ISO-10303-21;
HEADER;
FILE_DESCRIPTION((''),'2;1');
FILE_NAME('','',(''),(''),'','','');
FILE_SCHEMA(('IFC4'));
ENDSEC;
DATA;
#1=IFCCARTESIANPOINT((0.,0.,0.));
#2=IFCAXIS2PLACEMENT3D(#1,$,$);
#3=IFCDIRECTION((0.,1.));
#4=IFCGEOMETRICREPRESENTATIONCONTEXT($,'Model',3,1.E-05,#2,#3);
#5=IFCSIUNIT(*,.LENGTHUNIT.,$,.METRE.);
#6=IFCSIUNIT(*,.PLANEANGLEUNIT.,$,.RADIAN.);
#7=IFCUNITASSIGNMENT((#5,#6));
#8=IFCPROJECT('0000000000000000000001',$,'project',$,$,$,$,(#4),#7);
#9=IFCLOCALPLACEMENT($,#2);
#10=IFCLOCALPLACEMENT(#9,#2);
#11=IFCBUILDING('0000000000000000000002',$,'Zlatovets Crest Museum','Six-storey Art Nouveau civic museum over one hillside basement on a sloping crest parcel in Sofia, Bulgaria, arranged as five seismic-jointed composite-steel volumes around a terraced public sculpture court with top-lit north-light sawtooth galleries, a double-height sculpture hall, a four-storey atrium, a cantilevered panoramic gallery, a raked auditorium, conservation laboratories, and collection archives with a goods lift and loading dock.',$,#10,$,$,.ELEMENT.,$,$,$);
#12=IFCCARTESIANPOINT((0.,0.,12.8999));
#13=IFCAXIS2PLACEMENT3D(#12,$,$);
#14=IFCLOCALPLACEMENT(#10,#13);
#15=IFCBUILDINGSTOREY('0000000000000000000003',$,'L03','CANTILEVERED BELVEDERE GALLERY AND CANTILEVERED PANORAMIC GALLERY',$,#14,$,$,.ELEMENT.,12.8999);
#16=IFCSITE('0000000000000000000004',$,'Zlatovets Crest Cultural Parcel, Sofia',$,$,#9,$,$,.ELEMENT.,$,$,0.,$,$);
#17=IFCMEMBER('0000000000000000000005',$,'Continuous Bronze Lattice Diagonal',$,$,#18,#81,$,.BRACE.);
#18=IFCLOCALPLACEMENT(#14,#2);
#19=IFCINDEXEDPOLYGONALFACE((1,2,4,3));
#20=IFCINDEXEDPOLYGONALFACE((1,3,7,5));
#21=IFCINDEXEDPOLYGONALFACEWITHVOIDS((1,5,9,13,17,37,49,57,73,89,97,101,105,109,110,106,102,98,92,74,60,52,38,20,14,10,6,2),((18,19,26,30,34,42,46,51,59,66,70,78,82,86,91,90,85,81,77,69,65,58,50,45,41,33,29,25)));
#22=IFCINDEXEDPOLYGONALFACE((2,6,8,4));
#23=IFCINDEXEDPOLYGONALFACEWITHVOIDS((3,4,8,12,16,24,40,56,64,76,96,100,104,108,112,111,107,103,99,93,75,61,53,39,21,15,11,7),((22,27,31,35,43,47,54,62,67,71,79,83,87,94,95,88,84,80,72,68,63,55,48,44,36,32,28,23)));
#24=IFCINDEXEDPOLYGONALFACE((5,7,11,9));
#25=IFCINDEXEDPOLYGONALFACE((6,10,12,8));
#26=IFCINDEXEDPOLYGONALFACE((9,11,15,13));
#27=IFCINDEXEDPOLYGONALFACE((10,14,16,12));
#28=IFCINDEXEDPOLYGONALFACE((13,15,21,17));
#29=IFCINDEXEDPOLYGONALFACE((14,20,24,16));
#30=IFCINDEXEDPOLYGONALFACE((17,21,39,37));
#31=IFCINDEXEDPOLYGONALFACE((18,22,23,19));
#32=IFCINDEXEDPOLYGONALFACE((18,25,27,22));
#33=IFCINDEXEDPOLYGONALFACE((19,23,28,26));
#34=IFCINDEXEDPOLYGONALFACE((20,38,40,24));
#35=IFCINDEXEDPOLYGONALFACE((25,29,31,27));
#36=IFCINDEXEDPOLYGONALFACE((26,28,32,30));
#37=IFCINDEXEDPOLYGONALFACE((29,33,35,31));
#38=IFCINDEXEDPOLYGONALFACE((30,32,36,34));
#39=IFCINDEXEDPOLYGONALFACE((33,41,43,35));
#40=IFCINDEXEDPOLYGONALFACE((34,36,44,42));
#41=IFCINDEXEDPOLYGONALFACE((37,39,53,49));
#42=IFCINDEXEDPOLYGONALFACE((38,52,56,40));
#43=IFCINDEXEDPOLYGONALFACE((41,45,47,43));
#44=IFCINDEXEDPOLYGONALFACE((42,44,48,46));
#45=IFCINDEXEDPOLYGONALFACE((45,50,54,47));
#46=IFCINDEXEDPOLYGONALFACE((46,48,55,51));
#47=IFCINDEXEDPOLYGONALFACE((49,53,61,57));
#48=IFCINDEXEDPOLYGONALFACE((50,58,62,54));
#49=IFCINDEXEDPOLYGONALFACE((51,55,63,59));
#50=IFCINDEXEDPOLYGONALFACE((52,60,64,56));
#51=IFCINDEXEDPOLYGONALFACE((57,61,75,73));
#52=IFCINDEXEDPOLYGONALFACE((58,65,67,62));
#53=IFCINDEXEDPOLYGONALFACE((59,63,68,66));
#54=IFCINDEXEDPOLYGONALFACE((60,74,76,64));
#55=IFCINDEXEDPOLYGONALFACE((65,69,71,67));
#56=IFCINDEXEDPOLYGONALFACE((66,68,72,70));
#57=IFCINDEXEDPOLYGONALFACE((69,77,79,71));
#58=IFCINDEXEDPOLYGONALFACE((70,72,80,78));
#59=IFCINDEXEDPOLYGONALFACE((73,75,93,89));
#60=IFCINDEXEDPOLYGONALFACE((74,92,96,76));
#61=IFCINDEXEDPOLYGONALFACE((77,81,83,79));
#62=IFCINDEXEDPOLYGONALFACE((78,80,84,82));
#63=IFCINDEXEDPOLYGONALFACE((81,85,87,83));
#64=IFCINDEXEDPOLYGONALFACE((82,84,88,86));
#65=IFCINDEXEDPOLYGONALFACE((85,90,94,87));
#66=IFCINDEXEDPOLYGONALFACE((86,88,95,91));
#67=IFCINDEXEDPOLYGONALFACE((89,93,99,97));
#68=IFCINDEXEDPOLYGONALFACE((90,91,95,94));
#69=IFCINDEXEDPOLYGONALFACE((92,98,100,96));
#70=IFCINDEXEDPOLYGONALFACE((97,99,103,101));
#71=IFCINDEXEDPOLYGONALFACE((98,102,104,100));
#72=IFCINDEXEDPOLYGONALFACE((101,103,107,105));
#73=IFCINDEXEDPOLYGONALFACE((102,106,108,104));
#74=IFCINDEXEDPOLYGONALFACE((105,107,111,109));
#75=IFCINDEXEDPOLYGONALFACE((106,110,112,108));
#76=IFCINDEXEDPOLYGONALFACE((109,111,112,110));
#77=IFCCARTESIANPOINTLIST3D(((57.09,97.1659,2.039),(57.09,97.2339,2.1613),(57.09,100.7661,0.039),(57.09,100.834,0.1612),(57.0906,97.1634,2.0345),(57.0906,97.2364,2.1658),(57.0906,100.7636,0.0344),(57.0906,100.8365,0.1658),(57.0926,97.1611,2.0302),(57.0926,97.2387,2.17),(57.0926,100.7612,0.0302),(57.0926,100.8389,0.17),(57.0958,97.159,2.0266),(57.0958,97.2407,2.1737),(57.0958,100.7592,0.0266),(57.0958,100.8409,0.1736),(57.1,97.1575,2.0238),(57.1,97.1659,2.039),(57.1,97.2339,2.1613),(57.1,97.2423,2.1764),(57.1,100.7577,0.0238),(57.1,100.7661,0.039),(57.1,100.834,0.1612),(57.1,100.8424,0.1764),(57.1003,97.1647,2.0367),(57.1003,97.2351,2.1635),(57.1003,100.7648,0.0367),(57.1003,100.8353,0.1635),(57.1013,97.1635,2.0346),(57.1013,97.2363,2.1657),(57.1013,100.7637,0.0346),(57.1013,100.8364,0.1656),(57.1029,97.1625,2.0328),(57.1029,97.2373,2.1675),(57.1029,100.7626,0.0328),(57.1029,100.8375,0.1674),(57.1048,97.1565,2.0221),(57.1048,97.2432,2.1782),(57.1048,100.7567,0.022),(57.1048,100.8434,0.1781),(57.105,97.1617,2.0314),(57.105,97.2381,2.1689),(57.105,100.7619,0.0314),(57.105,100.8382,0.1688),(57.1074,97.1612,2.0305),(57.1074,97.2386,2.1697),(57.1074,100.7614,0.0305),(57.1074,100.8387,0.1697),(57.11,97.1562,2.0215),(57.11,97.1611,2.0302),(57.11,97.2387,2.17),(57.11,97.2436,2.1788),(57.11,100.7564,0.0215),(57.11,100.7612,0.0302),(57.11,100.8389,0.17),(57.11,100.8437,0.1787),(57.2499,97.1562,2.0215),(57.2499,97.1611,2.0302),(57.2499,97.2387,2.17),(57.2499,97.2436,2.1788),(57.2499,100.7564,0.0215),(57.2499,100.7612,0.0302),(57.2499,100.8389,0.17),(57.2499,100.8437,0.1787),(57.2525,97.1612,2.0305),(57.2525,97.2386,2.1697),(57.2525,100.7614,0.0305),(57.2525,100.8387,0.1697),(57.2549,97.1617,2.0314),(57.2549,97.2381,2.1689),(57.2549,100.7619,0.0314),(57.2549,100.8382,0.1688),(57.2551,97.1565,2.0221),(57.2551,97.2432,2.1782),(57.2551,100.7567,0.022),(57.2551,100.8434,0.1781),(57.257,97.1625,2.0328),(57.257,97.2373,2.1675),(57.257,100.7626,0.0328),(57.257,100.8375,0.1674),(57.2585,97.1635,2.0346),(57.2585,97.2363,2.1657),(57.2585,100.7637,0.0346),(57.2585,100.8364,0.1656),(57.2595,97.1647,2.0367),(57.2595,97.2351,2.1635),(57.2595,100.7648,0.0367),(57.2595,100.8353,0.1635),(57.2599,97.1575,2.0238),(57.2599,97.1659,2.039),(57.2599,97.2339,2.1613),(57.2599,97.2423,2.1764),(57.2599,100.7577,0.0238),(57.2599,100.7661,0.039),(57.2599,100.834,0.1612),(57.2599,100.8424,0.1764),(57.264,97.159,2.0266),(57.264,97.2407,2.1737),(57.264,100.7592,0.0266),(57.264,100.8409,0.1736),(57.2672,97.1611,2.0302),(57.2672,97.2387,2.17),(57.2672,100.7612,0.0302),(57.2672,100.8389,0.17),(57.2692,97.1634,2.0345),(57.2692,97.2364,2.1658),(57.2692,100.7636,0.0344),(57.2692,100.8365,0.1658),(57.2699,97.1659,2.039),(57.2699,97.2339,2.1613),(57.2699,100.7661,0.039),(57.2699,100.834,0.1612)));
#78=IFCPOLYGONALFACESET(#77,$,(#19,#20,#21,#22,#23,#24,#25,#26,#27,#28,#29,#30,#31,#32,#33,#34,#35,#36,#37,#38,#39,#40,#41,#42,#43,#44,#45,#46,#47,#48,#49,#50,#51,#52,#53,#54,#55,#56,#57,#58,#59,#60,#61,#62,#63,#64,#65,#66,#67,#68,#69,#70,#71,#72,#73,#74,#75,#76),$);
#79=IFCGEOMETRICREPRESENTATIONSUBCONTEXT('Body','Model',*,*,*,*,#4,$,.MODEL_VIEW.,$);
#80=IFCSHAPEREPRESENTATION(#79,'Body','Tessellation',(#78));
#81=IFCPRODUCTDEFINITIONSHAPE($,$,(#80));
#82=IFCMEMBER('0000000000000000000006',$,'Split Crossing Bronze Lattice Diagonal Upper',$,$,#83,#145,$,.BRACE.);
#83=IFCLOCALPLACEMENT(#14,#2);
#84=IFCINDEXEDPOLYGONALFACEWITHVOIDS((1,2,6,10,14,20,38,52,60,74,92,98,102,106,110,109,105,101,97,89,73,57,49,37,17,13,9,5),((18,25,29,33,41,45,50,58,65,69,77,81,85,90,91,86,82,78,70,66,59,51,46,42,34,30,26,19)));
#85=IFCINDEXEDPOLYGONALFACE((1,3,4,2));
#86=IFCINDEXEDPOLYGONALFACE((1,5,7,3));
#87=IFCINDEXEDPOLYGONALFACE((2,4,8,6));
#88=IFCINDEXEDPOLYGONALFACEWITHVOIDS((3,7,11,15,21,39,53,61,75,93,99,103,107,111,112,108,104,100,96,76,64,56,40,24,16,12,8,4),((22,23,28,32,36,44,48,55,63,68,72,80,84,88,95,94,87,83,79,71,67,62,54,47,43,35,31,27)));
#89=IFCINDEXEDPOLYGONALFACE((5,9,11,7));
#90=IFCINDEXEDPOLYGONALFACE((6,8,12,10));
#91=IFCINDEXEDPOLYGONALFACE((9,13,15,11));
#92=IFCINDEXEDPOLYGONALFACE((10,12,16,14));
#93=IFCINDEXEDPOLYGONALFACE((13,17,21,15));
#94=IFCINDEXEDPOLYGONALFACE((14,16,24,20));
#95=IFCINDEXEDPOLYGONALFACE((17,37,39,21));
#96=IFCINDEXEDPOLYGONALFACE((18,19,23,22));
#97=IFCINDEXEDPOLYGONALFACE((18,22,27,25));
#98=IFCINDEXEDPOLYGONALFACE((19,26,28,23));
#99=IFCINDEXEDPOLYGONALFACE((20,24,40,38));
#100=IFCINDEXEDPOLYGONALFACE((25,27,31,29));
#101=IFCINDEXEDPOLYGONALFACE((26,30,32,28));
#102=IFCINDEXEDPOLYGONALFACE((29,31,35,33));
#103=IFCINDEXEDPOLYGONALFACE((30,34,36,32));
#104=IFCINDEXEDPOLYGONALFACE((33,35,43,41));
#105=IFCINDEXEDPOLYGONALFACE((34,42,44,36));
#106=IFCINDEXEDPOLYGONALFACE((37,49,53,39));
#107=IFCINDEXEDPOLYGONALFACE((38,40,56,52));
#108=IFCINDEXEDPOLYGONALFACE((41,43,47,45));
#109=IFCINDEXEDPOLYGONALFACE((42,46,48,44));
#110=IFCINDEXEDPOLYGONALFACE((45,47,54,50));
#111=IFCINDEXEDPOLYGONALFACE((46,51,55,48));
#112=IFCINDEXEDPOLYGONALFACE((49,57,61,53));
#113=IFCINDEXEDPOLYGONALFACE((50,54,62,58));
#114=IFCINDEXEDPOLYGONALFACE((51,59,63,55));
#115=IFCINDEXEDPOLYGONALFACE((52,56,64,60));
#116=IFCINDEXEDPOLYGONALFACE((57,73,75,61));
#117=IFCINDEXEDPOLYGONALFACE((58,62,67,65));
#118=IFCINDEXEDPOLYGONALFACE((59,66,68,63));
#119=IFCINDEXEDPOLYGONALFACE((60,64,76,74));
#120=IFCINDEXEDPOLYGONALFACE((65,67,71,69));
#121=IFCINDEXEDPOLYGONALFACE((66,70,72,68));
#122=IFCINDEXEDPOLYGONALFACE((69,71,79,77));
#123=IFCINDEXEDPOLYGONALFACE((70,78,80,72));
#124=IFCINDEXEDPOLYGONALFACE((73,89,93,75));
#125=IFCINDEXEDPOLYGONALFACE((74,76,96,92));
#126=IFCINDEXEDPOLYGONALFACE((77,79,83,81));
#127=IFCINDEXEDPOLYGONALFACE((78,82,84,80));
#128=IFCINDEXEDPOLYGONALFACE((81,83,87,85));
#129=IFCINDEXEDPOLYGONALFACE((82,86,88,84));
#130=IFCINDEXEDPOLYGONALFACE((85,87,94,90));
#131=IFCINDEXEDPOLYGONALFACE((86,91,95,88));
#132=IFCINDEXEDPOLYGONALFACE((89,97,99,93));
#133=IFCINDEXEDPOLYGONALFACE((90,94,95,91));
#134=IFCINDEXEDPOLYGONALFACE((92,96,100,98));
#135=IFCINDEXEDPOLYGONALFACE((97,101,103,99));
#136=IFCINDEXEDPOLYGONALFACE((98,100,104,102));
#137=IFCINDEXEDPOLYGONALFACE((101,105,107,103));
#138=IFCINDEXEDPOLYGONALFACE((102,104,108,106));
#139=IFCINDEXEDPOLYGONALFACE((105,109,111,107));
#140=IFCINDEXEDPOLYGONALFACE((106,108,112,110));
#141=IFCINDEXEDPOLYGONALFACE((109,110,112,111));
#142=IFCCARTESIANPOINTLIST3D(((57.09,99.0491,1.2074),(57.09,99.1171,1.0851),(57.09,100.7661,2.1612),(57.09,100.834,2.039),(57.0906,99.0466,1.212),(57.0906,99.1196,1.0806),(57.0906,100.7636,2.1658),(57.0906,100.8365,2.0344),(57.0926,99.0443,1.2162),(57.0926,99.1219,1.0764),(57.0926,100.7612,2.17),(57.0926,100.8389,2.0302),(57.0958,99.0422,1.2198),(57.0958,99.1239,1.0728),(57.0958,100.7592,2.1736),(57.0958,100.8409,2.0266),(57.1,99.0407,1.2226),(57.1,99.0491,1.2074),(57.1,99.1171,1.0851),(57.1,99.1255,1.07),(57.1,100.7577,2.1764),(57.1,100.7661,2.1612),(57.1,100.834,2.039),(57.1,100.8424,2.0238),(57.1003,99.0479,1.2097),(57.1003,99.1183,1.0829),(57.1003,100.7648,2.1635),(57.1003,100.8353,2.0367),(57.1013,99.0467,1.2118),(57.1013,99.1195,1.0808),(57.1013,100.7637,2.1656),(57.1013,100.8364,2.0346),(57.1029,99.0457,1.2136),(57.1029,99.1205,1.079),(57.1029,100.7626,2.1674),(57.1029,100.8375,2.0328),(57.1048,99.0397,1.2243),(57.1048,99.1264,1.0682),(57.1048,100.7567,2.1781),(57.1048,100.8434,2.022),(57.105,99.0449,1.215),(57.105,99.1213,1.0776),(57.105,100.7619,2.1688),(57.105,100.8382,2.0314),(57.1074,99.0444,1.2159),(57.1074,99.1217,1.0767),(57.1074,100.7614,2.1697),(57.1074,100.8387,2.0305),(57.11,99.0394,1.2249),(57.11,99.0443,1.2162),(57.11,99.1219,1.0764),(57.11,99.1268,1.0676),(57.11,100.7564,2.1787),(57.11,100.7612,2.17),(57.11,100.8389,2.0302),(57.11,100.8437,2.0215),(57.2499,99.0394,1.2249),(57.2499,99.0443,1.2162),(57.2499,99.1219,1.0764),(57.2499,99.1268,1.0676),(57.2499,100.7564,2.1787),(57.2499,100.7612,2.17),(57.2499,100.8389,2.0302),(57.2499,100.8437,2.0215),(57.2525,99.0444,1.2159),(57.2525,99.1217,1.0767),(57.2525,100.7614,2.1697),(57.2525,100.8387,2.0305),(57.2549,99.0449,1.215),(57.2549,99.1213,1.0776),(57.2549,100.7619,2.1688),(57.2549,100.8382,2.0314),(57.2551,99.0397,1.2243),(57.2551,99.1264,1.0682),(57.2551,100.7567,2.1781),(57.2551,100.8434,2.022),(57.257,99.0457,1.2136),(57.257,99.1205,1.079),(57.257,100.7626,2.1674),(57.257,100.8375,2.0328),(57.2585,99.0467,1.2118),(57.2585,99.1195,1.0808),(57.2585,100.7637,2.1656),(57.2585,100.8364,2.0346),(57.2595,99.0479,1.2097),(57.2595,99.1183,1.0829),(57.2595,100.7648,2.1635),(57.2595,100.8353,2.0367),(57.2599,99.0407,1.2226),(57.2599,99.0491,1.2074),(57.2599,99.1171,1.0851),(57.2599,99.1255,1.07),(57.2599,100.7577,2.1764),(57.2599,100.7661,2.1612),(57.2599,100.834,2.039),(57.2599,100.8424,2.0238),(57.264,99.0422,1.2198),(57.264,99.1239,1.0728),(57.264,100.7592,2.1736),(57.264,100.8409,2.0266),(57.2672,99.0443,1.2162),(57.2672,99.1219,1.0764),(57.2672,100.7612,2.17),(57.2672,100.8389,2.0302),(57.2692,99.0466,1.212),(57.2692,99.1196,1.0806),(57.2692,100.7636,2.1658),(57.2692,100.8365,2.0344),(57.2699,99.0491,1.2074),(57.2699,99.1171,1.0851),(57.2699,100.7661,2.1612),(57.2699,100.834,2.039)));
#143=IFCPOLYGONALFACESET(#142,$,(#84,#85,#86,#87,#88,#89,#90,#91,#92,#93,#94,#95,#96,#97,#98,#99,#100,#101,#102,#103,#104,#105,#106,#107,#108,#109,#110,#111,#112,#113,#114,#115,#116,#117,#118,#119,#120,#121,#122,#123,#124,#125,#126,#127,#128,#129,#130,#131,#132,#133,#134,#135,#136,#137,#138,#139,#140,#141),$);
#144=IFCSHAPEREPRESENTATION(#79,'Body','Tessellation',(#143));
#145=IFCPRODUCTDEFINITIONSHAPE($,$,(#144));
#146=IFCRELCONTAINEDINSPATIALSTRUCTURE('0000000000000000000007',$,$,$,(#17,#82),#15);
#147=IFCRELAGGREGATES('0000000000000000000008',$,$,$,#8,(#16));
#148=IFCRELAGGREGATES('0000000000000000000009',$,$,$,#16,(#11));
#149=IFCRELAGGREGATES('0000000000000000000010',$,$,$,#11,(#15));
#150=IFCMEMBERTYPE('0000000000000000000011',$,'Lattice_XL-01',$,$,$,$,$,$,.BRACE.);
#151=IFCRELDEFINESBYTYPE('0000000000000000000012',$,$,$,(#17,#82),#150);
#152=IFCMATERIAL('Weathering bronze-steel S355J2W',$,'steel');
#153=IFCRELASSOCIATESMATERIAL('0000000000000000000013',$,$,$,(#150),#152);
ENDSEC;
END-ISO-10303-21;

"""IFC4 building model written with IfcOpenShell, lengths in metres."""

from ifc_helpers import new_model, si_unit, direction, frame, origin, origin_2d, place, context, subcontext, project, spatial, hollow_rectangle, extrude, material, material_profile, profile_set, type_object, element, save


model = new_model("IFC4")

# Units and contexts
model_context = context("Model", 3, precision=1e-05, world=origin(), true_north=direction((0.0, 1.0)))
body_context = subcontext(model_context, "Body", "Model", "MODEL_VIEW")
ifc_project = project(units=[si_unit("LENGTHUNIT", "METRE"), si_unit("PLANEANGLEUNIT", "RADIAN")], contexts=[model_context])

# Site, building, storey
site_placement = place(None, origin())
site = spatial("IfcSite", under=ifc_project, at=site_placement, Name="Zlatovets Crest Cultural Parcel, Sofia", CompositionType="ELEMENT", RefElevation=0.0)
building_placement = place(site_placement, origin())
building = spatial("IfcBuilding", under=site, at=building_placement, Name="Zlatovets Crest Museum", Description="Six-storey Art Nouveau civic museum over one hillside basement on a sloping crest parcel in Sofia, Bulgaria, arranged as five seismic-jointed composite-steel volumes around a terraced public sculpture court with top-lit north-light sawtooth galleries, a double-height sculpture hall, a four-storey atrium, a cantilevered panoramic gallery, a raked auditorium, conservation laboratories, and collection archives with a goods lift and loading dock.", CompositionType="ELEMENT")
storey_placement = place(building_placement, frame((0.0, 0.0, 12.8999)))
storey = spatial("IfcBuildingStorey", under=building, at=storey_placement, Name="L03", Description="CANTILEVERED BELVEDERE GALLERY AND CANTILEVERED PANORAMIC GALLERY", CompositionType="ELEMENT", Elevation=12.8999)

# Members
ifc_material_1 = material(Name="Weathering bronze-steel S355J2W", Category="steel")
ifc_material_profile_1 = material_profile(ifc_material_1, hollow_rectangle(XDim=0.1799, YDim=0.1799, WallThickness=0.01, InnerFilletRadius=0.01, OuterFilletRadius=0.02, at=origin_2d()), Name="SHS 180x180x10.0")
ifc_profile_set_1 = profile_set([ifc_material_profile_1], Name="Weathering bronze-steel S355J2W")
member_type_1 = type_object("IfcMemberType", Name="Lattice_XL-01", PredefinedType="BRACE", material=ifc_profile_set_1)
member_1_placement = place(storey_placement, frame((57.1799, 100.8, 0.1001), z_axis=(0.0, -0.874163, 0.485633), x_axis=(1.0, 0.0, 0.0)))
element("IfcMember", 1, at=member_1_placement, inside=storey, type_object=member_type_1, Name="Continuous Bronze Lattice Diagonal", PredefinedType="BRACE", context=body_context, shape_type="SweptSolid", body=[
    extrude(hollow_rectangle(XDim=0.1799, YDim=0.1799, WallThickness=0.01, InnerFilletRadius=0.01, OuterFilletRadius=0.02, at=origin_2d()), origin(), (0.0, 0.0, 1.0), 4.1184),
])
member_2_placement = place(storey_placement, frame((57.1799, 100.8, 2.1001), z_axis=(0.0, -0.874169, -0.485622), x_axis=(1.0, 0.0, 0.0)))
element("IfcMember", 2, at=member_2_placement, inside=storey, type_object=member_type_1, Name="Split Crossing Bronze Lattice Diagonal Upper", PredefinedType="BRACE", context=body_context, shape_type="SweptSolid", body=[
    extrude(hollow_rectangle(XDim=0.1799, YDim=0.1799, WallThickness=0.01, InnerFilletRadius=0.01, OuterFilletRadius=0.02, at=origin_2d()), origin(), (0.0, 0.0, 1.0), 1.9641),
])

save(model, "model.ifc")
